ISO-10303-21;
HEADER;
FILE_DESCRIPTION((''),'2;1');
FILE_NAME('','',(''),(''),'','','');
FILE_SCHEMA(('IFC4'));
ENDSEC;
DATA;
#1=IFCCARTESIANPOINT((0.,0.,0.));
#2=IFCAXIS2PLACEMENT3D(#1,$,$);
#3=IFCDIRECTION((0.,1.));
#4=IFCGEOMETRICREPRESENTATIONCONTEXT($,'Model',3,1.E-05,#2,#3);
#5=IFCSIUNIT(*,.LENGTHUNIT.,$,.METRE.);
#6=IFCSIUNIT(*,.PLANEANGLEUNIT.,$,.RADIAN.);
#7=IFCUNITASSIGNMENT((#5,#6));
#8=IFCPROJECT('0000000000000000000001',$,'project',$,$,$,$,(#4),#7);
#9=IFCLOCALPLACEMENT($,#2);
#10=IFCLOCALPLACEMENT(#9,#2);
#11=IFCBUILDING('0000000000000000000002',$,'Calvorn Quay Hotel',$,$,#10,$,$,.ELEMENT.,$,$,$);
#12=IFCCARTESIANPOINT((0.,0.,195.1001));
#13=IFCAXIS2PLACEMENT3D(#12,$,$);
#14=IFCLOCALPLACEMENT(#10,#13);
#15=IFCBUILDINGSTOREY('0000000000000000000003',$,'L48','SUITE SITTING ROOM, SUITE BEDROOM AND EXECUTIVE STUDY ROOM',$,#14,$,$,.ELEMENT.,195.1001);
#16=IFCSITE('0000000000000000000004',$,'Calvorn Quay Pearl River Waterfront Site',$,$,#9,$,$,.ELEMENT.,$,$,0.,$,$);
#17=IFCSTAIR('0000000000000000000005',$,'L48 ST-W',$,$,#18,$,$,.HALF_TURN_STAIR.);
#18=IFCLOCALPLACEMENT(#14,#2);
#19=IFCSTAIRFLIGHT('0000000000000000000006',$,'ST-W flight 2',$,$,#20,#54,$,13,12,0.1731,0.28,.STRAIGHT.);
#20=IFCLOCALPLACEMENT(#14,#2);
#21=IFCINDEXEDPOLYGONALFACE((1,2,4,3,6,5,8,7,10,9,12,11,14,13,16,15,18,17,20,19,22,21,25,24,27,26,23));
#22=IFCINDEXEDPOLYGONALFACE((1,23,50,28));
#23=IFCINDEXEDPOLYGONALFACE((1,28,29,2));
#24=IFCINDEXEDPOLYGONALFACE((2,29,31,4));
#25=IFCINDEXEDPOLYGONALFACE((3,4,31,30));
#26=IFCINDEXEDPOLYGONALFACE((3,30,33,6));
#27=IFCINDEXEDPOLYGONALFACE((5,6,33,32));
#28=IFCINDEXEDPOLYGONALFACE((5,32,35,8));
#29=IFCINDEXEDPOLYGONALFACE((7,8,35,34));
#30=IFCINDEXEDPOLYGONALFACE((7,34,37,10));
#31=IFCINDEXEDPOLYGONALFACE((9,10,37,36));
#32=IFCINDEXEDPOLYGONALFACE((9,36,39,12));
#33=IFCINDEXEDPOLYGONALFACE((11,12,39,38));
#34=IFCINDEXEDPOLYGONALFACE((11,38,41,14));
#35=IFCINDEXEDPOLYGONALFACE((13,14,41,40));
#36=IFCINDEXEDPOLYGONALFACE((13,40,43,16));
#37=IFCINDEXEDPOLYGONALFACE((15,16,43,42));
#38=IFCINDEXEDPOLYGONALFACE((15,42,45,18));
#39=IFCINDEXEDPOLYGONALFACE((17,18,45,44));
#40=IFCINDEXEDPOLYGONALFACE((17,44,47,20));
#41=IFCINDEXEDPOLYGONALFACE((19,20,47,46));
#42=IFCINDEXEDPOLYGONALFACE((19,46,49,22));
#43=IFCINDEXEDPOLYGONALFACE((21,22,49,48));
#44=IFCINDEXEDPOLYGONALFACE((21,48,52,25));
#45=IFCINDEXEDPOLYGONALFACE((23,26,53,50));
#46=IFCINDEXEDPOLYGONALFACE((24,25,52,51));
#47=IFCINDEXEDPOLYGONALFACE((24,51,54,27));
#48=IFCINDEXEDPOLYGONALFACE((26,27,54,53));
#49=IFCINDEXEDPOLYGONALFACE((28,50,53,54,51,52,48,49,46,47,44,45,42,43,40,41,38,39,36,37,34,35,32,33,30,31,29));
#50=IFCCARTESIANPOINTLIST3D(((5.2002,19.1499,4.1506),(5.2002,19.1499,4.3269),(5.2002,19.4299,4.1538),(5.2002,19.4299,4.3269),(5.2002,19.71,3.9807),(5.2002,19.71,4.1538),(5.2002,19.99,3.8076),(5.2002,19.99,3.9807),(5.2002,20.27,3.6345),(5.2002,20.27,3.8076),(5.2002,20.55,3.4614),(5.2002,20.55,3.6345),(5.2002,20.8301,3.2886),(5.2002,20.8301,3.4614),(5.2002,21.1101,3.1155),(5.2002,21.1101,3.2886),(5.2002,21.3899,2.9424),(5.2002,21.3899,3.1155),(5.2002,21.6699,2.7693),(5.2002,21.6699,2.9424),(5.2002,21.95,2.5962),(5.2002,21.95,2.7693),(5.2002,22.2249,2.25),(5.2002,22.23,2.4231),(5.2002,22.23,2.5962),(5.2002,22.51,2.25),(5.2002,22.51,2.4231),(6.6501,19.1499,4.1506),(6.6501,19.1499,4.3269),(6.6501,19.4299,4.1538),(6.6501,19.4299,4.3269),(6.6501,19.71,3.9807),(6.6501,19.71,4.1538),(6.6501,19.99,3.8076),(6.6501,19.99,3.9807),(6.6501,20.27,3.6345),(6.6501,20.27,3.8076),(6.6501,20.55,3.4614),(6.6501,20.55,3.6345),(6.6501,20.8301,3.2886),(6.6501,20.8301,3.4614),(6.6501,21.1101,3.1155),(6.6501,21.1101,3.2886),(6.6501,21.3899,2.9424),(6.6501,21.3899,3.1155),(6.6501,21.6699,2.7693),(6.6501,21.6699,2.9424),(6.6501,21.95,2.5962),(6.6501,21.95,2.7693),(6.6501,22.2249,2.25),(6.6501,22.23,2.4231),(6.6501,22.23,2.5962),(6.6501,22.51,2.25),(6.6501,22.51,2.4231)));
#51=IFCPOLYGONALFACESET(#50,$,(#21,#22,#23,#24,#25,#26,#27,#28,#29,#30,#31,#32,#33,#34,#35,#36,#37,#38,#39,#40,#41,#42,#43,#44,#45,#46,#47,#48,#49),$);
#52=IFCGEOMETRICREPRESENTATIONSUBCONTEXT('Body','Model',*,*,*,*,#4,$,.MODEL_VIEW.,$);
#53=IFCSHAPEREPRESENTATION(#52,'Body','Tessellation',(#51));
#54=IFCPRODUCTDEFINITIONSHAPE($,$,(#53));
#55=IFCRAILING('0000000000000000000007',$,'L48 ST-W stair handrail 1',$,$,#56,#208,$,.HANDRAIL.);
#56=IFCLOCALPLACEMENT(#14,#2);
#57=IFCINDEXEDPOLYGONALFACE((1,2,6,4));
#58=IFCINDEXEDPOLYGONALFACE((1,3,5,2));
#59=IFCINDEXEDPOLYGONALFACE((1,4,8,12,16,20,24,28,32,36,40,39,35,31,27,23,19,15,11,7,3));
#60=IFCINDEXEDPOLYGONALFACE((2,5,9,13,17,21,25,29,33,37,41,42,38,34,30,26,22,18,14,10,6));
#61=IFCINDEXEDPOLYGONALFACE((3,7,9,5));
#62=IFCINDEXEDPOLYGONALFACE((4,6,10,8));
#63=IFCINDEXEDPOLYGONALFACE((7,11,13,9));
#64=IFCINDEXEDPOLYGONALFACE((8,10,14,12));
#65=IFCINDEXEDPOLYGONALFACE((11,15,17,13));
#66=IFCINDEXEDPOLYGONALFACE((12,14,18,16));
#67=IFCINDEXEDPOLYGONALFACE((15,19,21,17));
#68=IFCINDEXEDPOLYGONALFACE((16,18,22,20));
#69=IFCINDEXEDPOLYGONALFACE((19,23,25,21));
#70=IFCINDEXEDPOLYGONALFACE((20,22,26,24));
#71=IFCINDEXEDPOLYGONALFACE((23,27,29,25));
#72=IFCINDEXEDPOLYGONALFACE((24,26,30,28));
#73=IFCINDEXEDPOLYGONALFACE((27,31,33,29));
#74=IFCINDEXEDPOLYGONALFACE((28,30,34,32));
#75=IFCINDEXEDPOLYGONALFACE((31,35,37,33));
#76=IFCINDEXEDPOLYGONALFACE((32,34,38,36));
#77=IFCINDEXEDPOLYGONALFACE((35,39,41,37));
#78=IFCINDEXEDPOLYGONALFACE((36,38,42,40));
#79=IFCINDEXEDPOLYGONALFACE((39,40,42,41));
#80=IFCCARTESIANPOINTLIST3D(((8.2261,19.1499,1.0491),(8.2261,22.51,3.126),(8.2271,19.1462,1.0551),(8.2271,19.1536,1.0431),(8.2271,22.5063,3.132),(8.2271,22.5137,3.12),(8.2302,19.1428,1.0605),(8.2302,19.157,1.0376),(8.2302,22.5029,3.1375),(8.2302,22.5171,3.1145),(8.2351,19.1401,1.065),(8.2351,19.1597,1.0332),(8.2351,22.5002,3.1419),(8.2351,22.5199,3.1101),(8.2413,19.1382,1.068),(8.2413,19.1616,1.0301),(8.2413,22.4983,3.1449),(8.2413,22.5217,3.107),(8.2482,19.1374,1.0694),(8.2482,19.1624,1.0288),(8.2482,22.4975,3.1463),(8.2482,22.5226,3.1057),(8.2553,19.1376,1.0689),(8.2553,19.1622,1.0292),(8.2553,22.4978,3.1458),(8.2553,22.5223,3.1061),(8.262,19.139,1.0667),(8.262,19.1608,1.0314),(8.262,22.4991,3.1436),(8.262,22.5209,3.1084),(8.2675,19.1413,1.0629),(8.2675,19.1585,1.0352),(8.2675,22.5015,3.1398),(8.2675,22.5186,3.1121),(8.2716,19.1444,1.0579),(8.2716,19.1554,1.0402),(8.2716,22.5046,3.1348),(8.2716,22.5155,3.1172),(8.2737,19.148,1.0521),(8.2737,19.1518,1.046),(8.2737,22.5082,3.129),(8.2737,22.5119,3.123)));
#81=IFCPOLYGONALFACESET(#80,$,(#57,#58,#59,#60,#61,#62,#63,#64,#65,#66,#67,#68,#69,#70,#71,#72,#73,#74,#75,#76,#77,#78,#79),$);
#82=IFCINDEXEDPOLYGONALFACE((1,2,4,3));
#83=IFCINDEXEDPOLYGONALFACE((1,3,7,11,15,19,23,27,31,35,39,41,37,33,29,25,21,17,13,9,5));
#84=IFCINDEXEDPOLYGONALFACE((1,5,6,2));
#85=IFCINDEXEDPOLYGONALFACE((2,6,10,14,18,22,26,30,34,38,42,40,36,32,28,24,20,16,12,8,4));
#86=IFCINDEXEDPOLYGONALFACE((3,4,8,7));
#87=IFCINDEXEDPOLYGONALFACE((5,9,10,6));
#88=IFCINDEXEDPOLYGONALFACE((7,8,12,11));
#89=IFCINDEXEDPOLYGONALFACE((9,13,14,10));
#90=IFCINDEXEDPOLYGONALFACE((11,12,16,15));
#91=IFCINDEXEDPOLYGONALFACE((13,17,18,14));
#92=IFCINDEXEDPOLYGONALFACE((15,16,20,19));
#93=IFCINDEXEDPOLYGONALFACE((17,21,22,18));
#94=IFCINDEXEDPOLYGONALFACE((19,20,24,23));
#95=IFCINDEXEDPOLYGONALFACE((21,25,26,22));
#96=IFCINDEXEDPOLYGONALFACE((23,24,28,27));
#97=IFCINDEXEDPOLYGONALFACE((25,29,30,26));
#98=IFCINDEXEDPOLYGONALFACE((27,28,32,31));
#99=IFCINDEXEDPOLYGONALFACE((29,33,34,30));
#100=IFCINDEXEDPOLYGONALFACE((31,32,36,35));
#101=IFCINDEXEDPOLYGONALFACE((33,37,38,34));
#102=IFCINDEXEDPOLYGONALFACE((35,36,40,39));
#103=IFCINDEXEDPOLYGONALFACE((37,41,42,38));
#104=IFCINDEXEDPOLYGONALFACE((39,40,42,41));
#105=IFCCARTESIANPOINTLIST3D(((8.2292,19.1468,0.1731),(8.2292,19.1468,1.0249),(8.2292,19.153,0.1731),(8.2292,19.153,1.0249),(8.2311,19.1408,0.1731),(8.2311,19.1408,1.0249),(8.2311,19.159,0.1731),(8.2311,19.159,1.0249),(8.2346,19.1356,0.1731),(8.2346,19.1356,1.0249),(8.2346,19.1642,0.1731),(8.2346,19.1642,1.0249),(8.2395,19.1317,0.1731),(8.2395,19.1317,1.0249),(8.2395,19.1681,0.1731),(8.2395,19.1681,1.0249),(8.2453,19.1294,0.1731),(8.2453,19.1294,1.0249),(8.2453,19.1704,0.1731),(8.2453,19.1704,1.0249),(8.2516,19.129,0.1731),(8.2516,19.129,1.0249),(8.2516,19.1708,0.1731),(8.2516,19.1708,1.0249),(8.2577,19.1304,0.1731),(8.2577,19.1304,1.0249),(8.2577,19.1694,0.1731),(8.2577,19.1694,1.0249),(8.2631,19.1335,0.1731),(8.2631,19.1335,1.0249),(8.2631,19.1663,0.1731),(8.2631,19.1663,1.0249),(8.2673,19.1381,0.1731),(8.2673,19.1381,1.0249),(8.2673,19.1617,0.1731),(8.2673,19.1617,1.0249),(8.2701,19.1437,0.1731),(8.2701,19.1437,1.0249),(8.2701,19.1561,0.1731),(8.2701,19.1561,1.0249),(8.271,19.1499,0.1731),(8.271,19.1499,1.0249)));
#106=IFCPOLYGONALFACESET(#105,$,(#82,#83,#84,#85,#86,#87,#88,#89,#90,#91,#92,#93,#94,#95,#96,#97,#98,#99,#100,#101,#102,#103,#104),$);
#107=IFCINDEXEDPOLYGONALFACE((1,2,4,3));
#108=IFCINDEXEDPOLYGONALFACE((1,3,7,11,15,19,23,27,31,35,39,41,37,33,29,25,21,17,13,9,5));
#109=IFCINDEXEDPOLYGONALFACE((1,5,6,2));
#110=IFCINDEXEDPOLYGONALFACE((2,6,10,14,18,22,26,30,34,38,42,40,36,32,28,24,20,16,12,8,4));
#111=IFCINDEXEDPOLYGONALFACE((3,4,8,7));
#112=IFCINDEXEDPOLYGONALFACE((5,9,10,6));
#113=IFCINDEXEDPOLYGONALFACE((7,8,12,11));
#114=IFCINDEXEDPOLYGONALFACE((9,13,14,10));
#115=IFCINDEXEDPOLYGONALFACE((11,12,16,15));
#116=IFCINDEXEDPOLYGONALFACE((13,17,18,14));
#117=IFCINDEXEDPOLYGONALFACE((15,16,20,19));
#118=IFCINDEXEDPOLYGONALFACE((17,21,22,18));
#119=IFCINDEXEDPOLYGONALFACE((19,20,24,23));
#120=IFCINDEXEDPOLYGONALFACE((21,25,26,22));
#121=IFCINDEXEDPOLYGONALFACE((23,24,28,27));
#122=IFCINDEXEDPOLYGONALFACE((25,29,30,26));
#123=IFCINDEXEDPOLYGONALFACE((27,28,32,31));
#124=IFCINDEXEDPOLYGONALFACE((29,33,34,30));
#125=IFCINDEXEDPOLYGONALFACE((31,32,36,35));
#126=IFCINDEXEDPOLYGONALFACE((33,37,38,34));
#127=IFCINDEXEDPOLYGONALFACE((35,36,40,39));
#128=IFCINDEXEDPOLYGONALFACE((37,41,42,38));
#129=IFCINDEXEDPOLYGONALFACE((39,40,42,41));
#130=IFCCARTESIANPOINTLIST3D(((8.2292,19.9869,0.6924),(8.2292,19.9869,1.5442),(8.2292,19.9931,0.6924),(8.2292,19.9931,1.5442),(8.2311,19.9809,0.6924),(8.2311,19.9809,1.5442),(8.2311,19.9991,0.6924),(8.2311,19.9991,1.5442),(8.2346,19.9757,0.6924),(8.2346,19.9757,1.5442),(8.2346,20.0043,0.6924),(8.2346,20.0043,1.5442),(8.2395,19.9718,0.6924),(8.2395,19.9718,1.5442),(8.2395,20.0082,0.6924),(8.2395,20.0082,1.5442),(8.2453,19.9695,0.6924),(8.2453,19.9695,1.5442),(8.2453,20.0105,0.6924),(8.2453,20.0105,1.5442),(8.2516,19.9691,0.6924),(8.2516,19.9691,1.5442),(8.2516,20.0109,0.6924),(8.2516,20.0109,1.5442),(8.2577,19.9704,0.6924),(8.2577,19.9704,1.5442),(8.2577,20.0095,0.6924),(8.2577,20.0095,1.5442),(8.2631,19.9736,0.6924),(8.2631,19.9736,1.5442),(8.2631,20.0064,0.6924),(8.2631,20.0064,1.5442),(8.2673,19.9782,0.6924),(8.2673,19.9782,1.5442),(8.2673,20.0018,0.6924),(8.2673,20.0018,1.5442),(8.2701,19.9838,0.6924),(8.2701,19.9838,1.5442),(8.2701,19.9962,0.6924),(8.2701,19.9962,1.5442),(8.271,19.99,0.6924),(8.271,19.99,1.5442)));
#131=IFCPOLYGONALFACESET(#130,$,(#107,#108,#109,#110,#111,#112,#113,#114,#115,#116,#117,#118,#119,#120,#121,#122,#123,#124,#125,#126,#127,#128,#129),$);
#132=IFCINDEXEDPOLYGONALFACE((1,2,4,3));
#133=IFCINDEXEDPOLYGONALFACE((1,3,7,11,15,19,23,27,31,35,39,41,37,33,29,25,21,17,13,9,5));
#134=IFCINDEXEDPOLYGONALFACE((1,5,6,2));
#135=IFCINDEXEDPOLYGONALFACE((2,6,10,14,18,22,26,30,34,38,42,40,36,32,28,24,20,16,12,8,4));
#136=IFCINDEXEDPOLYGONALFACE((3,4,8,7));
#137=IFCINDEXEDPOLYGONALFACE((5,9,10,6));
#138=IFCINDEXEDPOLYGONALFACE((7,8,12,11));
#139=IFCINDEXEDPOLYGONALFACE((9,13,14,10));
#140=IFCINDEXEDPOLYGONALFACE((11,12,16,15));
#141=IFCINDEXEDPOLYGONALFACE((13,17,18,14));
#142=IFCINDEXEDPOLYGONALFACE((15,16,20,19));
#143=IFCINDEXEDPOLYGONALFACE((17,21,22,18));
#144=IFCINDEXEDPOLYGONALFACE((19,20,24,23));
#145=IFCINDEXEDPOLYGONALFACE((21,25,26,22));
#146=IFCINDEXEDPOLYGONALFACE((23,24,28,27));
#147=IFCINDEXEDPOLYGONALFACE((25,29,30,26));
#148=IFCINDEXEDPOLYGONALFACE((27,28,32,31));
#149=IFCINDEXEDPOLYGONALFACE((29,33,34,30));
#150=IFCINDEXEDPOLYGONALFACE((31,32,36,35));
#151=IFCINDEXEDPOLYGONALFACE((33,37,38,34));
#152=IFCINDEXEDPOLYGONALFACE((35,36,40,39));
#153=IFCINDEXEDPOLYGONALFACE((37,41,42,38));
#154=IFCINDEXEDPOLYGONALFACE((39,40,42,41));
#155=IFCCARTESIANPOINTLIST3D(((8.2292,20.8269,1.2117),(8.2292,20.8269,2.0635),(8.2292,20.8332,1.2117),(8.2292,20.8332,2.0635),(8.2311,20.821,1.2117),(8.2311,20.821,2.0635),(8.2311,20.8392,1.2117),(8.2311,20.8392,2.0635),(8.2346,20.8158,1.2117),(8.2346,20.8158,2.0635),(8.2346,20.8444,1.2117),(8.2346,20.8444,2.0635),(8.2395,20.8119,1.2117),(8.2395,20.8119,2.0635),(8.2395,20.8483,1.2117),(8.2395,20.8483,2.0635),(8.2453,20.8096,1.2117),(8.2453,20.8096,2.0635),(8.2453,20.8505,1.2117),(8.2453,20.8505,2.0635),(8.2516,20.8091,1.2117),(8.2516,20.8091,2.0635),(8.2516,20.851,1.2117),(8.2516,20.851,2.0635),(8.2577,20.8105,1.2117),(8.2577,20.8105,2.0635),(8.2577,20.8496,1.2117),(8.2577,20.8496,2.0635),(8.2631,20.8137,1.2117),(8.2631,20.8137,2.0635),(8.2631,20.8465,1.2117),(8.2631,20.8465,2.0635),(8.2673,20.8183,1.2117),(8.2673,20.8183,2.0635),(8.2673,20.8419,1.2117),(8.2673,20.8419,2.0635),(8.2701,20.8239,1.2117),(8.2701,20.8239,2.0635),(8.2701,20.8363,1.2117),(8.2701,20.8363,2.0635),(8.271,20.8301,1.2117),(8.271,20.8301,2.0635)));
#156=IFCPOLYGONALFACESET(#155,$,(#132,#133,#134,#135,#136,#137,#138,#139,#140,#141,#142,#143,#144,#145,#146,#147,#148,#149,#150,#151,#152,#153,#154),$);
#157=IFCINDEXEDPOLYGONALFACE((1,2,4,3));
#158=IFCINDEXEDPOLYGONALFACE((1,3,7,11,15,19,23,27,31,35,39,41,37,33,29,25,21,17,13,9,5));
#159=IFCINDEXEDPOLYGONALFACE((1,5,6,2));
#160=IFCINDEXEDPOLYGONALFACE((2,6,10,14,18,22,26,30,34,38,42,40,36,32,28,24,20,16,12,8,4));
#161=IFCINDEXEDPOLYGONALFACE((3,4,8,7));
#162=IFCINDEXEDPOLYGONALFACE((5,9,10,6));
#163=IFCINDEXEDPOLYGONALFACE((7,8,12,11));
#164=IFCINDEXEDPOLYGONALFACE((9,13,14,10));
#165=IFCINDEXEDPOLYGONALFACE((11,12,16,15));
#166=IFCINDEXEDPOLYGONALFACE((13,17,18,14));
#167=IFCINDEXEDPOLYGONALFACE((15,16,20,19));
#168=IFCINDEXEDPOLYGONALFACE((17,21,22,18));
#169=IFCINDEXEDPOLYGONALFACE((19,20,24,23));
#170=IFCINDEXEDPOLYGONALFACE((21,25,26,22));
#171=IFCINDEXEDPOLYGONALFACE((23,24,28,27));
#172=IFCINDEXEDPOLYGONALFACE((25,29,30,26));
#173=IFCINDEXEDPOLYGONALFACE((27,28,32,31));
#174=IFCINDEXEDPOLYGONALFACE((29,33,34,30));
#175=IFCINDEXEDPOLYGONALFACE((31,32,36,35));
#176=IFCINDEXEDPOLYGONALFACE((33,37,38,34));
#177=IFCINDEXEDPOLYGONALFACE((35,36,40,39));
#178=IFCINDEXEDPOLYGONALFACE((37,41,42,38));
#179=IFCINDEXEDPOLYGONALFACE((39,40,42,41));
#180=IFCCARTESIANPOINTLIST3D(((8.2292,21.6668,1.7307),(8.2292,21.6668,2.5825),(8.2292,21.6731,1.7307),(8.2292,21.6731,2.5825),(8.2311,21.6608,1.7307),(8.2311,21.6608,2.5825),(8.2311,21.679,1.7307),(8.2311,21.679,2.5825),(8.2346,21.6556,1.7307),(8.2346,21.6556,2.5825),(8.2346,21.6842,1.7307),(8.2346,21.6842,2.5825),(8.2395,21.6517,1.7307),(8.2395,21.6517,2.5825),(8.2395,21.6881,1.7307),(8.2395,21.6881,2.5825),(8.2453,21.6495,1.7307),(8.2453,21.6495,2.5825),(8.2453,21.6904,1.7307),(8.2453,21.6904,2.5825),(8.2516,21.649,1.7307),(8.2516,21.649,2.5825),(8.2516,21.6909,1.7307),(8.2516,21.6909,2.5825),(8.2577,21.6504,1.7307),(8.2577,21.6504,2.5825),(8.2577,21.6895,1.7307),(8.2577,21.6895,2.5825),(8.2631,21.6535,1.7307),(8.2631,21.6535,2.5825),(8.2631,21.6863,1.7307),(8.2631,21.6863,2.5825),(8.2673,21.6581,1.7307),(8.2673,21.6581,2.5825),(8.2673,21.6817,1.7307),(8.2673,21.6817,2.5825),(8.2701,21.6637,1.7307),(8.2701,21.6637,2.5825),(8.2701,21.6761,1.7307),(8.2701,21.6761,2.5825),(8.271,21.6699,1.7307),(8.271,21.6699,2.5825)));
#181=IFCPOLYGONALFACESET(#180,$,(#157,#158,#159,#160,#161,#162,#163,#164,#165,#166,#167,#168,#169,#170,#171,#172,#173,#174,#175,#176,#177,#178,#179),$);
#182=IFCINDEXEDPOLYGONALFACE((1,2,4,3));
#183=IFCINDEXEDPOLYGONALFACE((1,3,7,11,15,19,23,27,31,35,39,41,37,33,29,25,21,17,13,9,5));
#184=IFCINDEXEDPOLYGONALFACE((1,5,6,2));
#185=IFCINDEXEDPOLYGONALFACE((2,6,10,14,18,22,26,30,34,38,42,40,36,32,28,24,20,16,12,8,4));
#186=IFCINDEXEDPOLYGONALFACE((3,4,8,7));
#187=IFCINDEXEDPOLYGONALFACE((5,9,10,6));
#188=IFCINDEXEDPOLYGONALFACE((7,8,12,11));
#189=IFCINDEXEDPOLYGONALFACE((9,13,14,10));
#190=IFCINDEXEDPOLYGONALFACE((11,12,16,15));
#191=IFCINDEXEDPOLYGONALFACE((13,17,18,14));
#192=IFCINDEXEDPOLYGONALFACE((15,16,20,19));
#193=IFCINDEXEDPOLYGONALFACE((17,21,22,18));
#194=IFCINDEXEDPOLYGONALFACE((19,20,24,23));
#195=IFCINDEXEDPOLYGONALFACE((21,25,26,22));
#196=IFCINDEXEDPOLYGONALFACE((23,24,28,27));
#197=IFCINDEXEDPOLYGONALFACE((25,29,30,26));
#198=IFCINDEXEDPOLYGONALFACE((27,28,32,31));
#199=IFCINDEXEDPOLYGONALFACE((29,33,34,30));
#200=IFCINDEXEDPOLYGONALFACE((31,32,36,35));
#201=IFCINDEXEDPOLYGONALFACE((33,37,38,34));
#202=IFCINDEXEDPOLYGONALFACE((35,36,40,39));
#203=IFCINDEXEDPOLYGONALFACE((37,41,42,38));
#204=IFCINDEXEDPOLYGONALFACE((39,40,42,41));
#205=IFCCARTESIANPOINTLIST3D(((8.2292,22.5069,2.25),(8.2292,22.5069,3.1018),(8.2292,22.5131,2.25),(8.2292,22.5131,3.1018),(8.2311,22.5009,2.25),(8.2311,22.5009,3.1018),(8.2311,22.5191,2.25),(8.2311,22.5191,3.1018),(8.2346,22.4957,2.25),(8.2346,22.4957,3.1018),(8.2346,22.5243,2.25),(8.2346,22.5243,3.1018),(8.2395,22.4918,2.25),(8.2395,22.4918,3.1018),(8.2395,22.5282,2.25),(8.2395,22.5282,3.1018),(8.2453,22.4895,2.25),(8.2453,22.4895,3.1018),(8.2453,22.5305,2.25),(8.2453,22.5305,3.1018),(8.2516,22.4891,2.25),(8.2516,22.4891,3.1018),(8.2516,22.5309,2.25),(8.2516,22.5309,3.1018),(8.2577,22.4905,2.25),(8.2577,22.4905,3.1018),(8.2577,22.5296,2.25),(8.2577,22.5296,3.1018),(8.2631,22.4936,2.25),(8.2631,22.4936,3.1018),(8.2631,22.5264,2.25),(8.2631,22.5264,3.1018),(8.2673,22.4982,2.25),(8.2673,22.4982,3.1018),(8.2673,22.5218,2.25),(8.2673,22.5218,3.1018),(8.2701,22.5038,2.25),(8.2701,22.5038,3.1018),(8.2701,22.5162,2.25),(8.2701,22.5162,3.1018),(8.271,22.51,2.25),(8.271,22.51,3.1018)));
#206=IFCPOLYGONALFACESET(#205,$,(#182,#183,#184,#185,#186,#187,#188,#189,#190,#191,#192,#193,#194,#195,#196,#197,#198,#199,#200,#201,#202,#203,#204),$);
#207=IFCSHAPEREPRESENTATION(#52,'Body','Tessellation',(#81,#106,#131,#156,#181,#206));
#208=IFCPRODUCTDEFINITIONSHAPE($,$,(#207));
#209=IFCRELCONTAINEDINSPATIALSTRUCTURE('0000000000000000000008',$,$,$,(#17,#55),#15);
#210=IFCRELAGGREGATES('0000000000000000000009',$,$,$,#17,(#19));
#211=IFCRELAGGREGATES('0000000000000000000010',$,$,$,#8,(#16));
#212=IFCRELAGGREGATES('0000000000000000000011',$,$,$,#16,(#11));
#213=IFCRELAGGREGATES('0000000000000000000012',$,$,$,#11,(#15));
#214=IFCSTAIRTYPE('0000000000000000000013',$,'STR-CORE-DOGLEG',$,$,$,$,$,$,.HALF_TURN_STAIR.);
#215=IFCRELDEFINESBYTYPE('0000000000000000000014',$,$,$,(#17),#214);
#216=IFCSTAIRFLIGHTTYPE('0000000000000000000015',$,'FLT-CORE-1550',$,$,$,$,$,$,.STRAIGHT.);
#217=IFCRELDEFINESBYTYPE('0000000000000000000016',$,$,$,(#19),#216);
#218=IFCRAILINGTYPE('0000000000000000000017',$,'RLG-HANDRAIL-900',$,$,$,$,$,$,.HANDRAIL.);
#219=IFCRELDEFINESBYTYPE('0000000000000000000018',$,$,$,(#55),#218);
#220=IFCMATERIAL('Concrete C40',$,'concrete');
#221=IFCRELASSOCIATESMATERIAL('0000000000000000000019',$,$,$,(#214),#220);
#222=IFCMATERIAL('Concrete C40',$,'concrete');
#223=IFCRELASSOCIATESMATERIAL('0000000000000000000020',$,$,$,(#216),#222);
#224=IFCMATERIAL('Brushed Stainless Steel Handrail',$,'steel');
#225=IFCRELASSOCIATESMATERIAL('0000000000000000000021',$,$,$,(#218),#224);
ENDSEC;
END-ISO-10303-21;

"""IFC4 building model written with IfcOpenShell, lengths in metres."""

from ifc_helpers import new_model, si_unit, direction, frame, origin, origin_2d, place, context, subcontext, project, spatial, polyline, circle, outline, extrude, material, type_object, element, aggregate, save


model = new_model("IFC4")

# Units and contexts
model_context = context("Model", 3, precision=1e-05, world=origin(), true_north=direction((0.0, 1.0)))
body_context = subcontext(model_context, "Body", "Model", "MODEL_VIEW")
ifc_project = project(units=[si_unit("LENGTHUNIT", "METRE"), si_unit("PLANEANGLEUNIT", "RADIAN")], contexts=[model_context])

# Site, building, storey
site_placement = place(None, origin())
site = spatial("IfcSite", under=ifc_project, at=site_placement, Name="Calvorn Quay Pearl River Waterfront Site", CompositionType="ELEMENT", RefElevation=0.0)
building_placement = place(site_placement, origin())
building = spatial("IfcBuilding", under=site, at=building_placement, Name="Calvorn Quay Hotel", CompositionType="ELEMENT")
storey_placement = place(building_placement, frame((0.0, 0.0, 195.1001)))
storey = spatial("IfcBuildingStorey", under=building, at=storey_placement, Name="L48", Description="SUITE SITTING ROOM, SUITE BEDROOM AND EXECUTIVE STUDY ROOM", CompositionType="ELEMENT", Elevation=195.1001)

# Stair, stair flight
ifc_material_1 = material(Name="Concrete C40", Category="concrete")
stair_type = type_object("IfcStairType", Name="STR-CORE-DOGLEG", PredefinedType="HALF_TURN_STAIR", material=ifc_material_1)
stair_placement = place(storey_placement, origin())
stair = element("IfcStair", 1, at=stair_placement, inside=storey, type_object=stair_type, Name="L48 ST-W", PredefinedType="HALF_TURN_STAIR")
ifc_material_2 = material(Name="Concrete C40", Category="concrete")
stair_flight_type = type_object("IfcStairFlightType", Name="FLT-CORE-1550", PredefinedType="STRAIGHT", material=ifc_material_2)
stair_flight_1_placement = place(storey_placement, frame((5.925, 22.51, 2.25), z_axis=(0.0, 0.0, 1.0), x_axis=(0.0, -1.0, 0.0)))
stair_flight_1 = element("IfcStairFlight", 2, at=stair_flight_1_placement, type_object=stair_flight_type, Name="ST-W flight 2", NumberOfRisers=13, NumberOfTreads=12, PredefinedType="STRAIGHT", RiserHeight=0.1731, TreadLength=0.28, context=body_context, shape_type="SweptSolid", body=[
    extrude(outline(polyline([(0.0, 0.0), (0.0, 0.1731), (0.28, 0.1731), (0.28, 0.3462), (0.5601, 0.3462), (0.5601, 0.5193), (0.8401, 0.5193), (0.8401, 0.6924), (1.1201, 0.6924), (1.1201, 0.8655), (1.3999, 0.8655), (1.3999, 1.0386), (1.6799, 1.0386), (1.6799, 1.2114), (1.96, 1.2114), (1.96, 1.3845), (2.24, 1.3845), (2.24, 1.5576), (2.52, 1.5576), (2.52, 1.7307), (2.8, 1.7307), (2.8, 1.9038), (3.0801, 1.9038), (3.0801, 2.0769), (3.3601, 2.0769), (3.3601, 2.25), (3.3601, 1.9006), (0.2852, 0.0), (0.0, 0.0)])), frame((0.0, 0.7251, 0.0), z_axis=(0.0, -1.0, 0.0), x_axis=(1.0, 0.0, 0.0)), (0.0, 0.0, 1.0), 1.45),
])
aggregate(stair, [stair_flight_1])

# Railing
ifc_material_3 = material(Name="Brushed Stainless Steel Handrail", Category="steel")
railing_type_1 = type_object("IfcRailingType", Name="RLG-HANDRAIL-900", PredefinedType="HANDRAIL", material=ifc_material_3)
railing_1_placement = place(storey_placement, frame((8.25, 19.1499, 0.1731)))
element("IfcRailing", 3, at=railing_1_placement, inside=storey, type_object=railing_type_1, Name="L48 ST-W stair handrail 1", PredefinedType="HANDRAIL", context=body_context, shape_type="SweptSolid", body=[
    extrude(circle(Radius=0.0239, at=origin_2d()), frame((0.0, 0.0, 0.876), z_axis=(0.0, 0.850623, 0.525776), x_axis=(-1.0, 0.0, 0.0)), (0.0, 0.0, 1.0), 3.9502),
    extrude(circle(Radius=0.021, at=origin_2d()), origin(), (0.0, 0.0, 1.0), 0.8518),
    extrude(circle(Radius=0.021, at=origin_2d()), frame((0.0, 0.8401, 0.5193)), (0.0, 0.0, 1.0), 0.8518),
    extrude(circle(Radius=0.021, at=origin_2d()), frame((0.0, 1.6802, 1.0386)), (0.0, 0.0, 1.0), 0.8518),
    extrude(circle(Radius=0.021, at=origin_2d()), frame((0.0, 2.52, 1.5576)), (0.0, 0.0, 1.0), 0.8518),
    extrude(circle(Radius=0.021, at=origin_2d()), frame((0.0, 3.3601, 2.0769)), (0.0, 0.0, 1.0), 0.8518),
])

save(model, "model.ifc")
